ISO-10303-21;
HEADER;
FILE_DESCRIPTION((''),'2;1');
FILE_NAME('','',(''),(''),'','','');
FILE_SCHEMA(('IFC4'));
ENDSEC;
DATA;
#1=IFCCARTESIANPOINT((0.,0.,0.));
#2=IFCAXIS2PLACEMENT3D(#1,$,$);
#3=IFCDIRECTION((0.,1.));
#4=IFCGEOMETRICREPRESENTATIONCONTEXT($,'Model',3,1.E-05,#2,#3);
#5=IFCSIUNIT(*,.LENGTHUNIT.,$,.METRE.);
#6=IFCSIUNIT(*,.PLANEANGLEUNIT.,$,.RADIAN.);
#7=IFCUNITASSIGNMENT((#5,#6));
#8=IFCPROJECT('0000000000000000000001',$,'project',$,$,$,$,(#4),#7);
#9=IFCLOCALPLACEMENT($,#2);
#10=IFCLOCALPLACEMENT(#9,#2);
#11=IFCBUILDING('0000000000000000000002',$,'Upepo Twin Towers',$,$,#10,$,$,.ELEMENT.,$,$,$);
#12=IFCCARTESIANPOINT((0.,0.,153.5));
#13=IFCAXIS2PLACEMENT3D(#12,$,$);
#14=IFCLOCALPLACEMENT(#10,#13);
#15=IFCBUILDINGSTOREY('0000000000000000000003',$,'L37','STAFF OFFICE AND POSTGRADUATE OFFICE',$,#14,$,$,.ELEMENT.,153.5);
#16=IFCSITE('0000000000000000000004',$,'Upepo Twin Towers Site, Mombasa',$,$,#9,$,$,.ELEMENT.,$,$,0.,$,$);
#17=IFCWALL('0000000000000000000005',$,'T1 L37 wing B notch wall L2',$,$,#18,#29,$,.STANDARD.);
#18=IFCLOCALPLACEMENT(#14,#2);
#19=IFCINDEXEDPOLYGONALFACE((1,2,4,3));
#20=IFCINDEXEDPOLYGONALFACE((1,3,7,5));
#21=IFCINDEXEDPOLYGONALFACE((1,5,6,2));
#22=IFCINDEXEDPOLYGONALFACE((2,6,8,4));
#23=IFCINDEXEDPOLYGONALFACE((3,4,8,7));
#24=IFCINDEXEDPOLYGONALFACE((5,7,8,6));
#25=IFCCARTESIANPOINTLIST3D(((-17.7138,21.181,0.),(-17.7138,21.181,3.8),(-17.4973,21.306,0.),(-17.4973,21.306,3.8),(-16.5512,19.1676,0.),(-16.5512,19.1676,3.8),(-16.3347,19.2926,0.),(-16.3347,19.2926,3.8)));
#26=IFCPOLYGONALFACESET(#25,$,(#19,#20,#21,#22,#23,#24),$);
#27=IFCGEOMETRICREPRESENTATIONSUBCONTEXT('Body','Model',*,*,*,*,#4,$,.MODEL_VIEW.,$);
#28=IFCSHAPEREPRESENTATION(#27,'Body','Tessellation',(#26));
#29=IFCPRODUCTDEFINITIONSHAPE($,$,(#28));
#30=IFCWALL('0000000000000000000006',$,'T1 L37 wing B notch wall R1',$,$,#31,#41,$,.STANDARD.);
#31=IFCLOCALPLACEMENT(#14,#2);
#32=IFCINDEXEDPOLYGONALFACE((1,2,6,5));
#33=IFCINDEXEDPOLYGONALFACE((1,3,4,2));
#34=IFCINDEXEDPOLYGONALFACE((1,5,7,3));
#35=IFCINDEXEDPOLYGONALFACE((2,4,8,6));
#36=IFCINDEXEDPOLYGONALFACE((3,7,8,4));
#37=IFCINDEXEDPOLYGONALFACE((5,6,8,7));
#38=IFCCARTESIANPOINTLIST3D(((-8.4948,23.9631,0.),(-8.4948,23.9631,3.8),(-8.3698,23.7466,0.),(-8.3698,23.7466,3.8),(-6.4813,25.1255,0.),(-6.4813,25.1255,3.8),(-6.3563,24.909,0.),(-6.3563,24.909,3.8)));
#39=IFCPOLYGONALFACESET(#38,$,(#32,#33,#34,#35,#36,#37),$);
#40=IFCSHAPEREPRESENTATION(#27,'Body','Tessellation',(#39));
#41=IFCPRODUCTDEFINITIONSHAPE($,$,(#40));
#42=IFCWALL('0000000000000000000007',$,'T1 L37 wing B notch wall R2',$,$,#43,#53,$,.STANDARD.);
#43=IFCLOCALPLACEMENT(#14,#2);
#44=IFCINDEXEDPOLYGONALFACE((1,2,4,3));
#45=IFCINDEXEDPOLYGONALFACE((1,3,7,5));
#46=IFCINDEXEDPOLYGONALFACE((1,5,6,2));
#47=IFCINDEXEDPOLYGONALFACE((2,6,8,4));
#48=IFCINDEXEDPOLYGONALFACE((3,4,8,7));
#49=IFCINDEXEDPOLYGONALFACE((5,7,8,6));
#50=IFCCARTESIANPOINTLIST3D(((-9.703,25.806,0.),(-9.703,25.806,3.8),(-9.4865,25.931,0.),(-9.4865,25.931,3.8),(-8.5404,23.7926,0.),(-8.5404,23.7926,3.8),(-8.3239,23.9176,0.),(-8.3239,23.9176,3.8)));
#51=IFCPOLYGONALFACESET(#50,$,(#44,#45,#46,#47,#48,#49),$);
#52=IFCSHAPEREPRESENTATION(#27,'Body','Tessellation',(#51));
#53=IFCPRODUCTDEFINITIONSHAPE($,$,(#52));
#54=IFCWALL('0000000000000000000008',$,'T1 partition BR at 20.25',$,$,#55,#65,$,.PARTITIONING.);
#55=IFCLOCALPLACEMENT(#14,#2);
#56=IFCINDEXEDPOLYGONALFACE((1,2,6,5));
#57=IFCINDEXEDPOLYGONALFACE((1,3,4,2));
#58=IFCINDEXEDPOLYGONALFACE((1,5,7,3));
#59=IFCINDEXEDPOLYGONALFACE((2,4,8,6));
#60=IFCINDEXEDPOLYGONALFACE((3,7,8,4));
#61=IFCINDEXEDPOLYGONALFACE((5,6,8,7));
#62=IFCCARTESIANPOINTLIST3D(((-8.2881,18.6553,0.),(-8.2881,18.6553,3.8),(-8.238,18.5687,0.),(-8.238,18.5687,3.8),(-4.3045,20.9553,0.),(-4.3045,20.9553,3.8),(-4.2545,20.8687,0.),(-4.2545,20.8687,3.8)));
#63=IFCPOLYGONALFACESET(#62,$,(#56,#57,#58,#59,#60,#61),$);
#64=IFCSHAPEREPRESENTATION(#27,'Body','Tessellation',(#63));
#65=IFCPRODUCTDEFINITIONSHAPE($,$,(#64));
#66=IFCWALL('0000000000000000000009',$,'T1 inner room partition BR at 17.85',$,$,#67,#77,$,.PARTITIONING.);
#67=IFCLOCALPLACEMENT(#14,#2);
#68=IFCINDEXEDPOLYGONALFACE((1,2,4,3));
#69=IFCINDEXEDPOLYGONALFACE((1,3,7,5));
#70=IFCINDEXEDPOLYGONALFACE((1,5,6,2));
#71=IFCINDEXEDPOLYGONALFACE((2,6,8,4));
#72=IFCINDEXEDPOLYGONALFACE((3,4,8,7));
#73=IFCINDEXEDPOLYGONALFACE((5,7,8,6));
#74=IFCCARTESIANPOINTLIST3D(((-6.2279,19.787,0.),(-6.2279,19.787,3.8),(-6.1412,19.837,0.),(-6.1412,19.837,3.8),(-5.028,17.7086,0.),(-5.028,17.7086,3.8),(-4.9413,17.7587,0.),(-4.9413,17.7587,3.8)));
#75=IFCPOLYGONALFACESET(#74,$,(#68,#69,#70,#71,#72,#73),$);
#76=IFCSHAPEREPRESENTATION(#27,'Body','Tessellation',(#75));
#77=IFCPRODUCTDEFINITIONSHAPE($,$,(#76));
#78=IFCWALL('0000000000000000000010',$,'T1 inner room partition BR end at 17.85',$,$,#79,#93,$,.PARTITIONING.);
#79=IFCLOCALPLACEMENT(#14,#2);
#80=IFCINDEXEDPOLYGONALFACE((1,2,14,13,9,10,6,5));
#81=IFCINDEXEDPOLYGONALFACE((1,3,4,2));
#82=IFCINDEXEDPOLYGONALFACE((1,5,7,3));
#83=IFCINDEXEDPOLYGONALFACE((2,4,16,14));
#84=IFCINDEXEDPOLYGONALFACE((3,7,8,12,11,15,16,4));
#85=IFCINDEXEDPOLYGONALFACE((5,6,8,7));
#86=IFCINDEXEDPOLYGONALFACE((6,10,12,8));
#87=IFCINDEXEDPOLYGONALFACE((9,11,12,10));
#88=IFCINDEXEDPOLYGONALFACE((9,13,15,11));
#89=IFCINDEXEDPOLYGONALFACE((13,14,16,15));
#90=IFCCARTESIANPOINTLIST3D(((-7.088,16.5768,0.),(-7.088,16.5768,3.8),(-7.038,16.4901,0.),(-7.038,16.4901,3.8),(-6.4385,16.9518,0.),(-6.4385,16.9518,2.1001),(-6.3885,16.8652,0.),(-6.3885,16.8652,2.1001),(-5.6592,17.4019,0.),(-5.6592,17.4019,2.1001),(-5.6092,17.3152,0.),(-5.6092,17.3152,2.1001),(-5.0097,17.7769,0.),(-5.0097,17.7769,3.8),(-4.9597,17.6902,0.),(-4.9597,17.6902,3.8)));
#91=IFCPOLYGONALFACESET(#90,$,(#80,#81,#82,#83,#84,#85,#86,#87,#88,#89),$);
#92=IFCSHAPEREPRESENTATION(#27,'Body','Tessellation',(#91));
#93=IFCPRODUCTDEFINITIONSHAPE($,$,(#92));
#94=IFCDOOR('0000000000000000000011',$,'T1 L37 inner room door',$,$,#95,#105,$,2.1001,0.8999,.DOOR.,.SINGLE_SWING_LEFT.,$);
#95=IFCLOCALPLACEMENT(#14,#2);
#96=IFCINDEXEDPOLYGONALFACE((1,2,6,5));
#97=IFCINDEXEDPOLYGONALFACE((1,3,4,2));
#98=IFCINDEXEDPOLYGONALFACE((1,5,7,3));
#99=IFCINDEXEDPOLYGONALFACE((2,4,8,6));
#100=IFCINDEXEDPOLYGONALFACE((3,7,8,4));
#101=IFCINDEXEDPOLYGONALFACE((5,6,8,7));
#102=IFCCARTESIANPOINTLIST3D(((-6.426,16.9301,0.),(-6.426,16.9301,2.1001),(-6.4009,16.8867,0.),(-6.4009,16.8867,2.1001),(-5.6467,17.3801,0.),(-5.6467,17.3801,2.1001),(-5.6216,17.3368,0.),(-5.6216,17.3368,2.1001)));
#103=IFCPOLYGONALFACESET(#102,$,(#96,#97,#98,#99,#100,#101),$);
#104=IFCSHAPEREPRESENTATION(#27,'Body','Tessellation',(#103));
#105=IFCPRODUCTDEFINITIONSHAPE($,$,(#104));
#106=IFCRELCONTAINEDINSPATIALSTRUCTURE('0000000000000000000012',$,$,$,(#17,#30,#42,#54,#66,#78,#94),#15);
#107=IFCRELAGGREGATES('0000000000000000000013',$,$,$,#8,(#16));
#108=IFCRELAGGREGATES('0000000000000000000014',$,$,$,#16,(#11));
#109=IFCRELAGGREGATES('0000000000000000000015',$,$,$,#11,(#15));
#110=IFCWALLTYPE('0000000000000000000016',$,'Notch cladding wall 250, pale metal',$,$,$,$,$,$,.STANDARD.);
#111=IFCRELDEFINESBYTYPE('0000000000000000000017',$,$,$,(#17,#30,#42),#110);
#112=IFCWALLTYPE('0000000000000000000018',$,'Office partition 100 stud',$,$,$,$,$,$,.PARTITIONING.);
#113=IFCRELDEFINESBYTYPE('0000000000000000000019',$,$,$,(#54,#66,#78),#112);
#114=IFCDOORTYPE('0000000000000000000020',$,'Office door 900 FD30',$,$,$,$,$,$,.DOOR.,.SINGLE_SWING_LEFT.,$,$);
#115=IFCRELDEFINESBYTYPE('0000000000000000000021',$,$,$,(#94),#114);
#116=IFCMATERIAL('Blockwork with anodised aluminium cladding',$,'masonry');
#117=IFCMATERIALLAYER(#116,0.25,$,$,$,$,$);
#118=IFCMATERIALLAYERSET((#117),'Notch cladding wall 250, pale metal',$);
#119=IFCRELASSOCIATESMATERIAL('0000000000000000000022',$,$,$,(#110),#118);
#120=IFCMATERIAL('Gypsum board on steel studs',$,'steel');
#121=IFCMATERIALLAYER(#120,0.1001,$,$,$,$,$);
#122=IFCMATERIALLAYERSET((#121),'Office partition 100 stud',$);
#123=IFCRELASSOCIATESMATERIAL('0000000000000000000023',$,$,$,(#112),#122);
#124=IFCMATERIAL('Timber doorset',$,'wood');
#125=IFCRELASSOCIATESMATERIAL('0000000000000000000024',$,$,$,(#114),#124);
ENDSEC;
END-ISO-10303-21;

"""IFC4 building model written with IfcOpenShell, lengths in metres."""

from ifc_helpers import new_model, si_unit, direction, frame, frame_2d, origin, place, context, subcontext, project, spatial, rectangle, extrude, material, layer, layer_set, type_object, element, fill, save


model = new_model("IFC4")

# Units and contexts
model_context = context("Model", 3, precision=1e-05, world=origin(), true_north=direction((0.0, 1.0)))
body_context = subcontext(model_context, "Body", "Model", "MODEL_VIEW")
ifc_project = project(units=[si_unit("LENGTHUNIT", "METRE"), si_unit("PLANEANGLEUNIT", "RADIAN")], contexts=[model_context])

# Site, building, storey
site_placement = place(None, origin())
site = spatial("IfcSite", under=ifc_project, at=site_placement, Name="Upepo Twin Towers Site, Mombasa", CompositionType="ELEMENT", RefElevation=0.0)
building_placement = place(site_placement, origin())
building = spatial("IfcBuilding", under=site, at=building_placement, Name="Upepo Twin Towers", CompositionType="ELEMENT")
storey_placement = place(building_placement, frame((0.0, 0.0, 153.5)))
storey = spatial("IfcBuildingStorey", under=building, at=storey_placement, Name="L37", Description="STAFF OFFICE AND POSTGRADUATE OFFICE", CompositionType="ELEMENT", Elevation=153.5)

# Walls
ifc_material_1 = material(Name="Blockwork with anodised aluminium cladding", Category="masonry")
ifc_layer_1 = layer(ifc_material_1, 0.25)
ifc_layer_set_1 = layer_set([ifc_layer_1], Name="Notch cladding wall 250, pale metal")
wall_type_1 = type_object("IfcWallType", Name="Notch cladding wall 250, pale metal", PredefinedType="STANDARD", material=ifc_layer_set_1)
for number, where, z_axis, x_axis, name in (
    (1, (-16.4429, 19.23, 0.0), (0.0, 0.0, 1.0), (-0.500047, 0.865998, 0.0), "T1 L37 wing B notch wall L2"),
    (2, (-6.4187, 25.0173, 0.0), (0.0, 0.0, 1.0), (-0.866044, -0.499968, 0.0), "T1 L37 wing B notch wall R1"),
    (3, (-8.4321, 23.855, 0.0), (0.0, 0.0, 1.0), (-0.500047, 0.865998, 0.0), "T1 L37 wing B notch wall R2"),
):
    element("IfcWall", number, at=place(storey_placement, frame(where, z_axis=z_axis, x_axis=x_axis)), inside=storey, type_object=wall_type_1, Name=name, PredefinedType="STANDARD", context=body_context, shape_type="SweptSolid", body=[
        extrude(rectangle(XDim=2.325, YDim=0.25, at=frame_2d((1.1626, 0.0))), origin(), (0.0, 0.0, 1.0), 3.8),
    ])
ifc_material_2 = material(Name="Gypsum board on steel studs", Category="steel")
ifc_layer_2 = layer(ifc_material_2, 0.1001)
ifc_layer_set_2 = layer_set([ifc_layer_2], Name="Office partition 100 stud")
wall_type_2 = type_object("IfcWallType", Name="Office partition 100 stud", PredefinedType="PARTITIONING", material=ifc_layer_set_2)
wall_1_placement = place(storey_placement, frame((-8.2629, 18.6121, 0.0), z_axis=(0.0, 0.0, 1.0), x_axis=(0.866017, 0.500015, 0.0)))
element("IfcWall", 4, at=wall_1_placement, inside=storey, type_object=wall_type_2, Name="T1 partition BR at 20.25", PredefinedType="PARTITIONING", context=body_context, shape_type="SweptSolid", body=[
    extrude(rectangle(XDim=4.5999, YDim=0.1001, at=frame_2d((2.2998, 0.0))), origin(), (0.0, 0.0, 1.0), 3.8),
])
wall_2_placement = place(storey_placement, frame((-4.9846, 17.7336, 0.0), z_axis=(0.0, 0.0, 1.0), x_axis=(-0.500001, 0.866025, 0.0)))
element("IfcWall", 5, at=wall_2_placement, inside=storey, type_object=wall_type_2, Name="T1 inner room partition BR at 17.85", PredefinedType="PARTITIONING", context=body_context, shape_type="SweptSolid", body=[
    extrude(rectangle(XDim=2.3999, YDim=0.1001, at=frame_2d((1.2, 0.0))), origin(), (0.0, 0.0, 1.0), 3.8),
])

# Wall, opening, door
wall_3_placement = place(storey_placement, frame((-7.063, 16.5334, 0.0), z_axis=(0.0, 0.0, 1.0), x_axis=(0.865981, 0.500078, 0.0)))
wall_3 = element("IfcWall", 6, at=wall_3_placement, inside=storey, type_object=wall_type_2, Name="T1 inner room partition BR end at 17.85", PredefinedType="PARTITIONING", context=body_context, shape_type="SweptSolid", body=[
    extrude(rectangle(XDim=2.3999, YDim=0.1001, at=frame_2d((1.2, 0.0))), origin(), (0.0, 0.0, 1.0), 3.8),
])
opening_placement = place(wall_3_placement, frame((0.75, 0.0, 0.0)))
opening = element("IfcOpeningElement", 7, at=opening_placement, cuts=wall_3, PredefinedType="OPENING", context=body_context, shape_type="SweptSolid", body=[
    extrude(rectangle(XDim=0.8999, YDim=2.1001, at=frame_2d((0.45, 1.05))), frame((0.0, 0.0601, 0.0), z_axis=(0.0, -1.0, 0.0), x_axis=(1.0, 0.0, 0.0)), (0.0, 0.0, 1.0), 0.1201),
])
ifc_material_3 = material(Name="Timber doorset", Category="wood")
door_type = type_object("IfcDoorType", Name="Office door 900 FD30", OperationType="SINGLE_SWING_LEFT", PredefinedType="DOOR", material=ifc_material_3)
door_placement = place(opening_placement, origin())
door = element("IfcDoor", 8, at=door_placement, inside=storey, type_object=door_type, Name="T1 L37 inner room door", OperationType="SINGLE_SWING_LEFT", OverallHeight=2.1001, OverallWidth=0.8999, PredefinedType="DOOR", context=body_context, shape_type="SweptSolid", body=[
    extrude(rectangle(XDim=0.8999, YDim=2.1001, at=frame_2d((0.45, 1.05))), frame((0.0, 0.0249, 0.0), z_axis=(0.0, -1.0, 0.0), x_axis=(1.0, 0.0, 0.0)), (0.0, 0.0, 1.0), 0.05),
])
fill(opening, door)

save(model, "model.ifc")
